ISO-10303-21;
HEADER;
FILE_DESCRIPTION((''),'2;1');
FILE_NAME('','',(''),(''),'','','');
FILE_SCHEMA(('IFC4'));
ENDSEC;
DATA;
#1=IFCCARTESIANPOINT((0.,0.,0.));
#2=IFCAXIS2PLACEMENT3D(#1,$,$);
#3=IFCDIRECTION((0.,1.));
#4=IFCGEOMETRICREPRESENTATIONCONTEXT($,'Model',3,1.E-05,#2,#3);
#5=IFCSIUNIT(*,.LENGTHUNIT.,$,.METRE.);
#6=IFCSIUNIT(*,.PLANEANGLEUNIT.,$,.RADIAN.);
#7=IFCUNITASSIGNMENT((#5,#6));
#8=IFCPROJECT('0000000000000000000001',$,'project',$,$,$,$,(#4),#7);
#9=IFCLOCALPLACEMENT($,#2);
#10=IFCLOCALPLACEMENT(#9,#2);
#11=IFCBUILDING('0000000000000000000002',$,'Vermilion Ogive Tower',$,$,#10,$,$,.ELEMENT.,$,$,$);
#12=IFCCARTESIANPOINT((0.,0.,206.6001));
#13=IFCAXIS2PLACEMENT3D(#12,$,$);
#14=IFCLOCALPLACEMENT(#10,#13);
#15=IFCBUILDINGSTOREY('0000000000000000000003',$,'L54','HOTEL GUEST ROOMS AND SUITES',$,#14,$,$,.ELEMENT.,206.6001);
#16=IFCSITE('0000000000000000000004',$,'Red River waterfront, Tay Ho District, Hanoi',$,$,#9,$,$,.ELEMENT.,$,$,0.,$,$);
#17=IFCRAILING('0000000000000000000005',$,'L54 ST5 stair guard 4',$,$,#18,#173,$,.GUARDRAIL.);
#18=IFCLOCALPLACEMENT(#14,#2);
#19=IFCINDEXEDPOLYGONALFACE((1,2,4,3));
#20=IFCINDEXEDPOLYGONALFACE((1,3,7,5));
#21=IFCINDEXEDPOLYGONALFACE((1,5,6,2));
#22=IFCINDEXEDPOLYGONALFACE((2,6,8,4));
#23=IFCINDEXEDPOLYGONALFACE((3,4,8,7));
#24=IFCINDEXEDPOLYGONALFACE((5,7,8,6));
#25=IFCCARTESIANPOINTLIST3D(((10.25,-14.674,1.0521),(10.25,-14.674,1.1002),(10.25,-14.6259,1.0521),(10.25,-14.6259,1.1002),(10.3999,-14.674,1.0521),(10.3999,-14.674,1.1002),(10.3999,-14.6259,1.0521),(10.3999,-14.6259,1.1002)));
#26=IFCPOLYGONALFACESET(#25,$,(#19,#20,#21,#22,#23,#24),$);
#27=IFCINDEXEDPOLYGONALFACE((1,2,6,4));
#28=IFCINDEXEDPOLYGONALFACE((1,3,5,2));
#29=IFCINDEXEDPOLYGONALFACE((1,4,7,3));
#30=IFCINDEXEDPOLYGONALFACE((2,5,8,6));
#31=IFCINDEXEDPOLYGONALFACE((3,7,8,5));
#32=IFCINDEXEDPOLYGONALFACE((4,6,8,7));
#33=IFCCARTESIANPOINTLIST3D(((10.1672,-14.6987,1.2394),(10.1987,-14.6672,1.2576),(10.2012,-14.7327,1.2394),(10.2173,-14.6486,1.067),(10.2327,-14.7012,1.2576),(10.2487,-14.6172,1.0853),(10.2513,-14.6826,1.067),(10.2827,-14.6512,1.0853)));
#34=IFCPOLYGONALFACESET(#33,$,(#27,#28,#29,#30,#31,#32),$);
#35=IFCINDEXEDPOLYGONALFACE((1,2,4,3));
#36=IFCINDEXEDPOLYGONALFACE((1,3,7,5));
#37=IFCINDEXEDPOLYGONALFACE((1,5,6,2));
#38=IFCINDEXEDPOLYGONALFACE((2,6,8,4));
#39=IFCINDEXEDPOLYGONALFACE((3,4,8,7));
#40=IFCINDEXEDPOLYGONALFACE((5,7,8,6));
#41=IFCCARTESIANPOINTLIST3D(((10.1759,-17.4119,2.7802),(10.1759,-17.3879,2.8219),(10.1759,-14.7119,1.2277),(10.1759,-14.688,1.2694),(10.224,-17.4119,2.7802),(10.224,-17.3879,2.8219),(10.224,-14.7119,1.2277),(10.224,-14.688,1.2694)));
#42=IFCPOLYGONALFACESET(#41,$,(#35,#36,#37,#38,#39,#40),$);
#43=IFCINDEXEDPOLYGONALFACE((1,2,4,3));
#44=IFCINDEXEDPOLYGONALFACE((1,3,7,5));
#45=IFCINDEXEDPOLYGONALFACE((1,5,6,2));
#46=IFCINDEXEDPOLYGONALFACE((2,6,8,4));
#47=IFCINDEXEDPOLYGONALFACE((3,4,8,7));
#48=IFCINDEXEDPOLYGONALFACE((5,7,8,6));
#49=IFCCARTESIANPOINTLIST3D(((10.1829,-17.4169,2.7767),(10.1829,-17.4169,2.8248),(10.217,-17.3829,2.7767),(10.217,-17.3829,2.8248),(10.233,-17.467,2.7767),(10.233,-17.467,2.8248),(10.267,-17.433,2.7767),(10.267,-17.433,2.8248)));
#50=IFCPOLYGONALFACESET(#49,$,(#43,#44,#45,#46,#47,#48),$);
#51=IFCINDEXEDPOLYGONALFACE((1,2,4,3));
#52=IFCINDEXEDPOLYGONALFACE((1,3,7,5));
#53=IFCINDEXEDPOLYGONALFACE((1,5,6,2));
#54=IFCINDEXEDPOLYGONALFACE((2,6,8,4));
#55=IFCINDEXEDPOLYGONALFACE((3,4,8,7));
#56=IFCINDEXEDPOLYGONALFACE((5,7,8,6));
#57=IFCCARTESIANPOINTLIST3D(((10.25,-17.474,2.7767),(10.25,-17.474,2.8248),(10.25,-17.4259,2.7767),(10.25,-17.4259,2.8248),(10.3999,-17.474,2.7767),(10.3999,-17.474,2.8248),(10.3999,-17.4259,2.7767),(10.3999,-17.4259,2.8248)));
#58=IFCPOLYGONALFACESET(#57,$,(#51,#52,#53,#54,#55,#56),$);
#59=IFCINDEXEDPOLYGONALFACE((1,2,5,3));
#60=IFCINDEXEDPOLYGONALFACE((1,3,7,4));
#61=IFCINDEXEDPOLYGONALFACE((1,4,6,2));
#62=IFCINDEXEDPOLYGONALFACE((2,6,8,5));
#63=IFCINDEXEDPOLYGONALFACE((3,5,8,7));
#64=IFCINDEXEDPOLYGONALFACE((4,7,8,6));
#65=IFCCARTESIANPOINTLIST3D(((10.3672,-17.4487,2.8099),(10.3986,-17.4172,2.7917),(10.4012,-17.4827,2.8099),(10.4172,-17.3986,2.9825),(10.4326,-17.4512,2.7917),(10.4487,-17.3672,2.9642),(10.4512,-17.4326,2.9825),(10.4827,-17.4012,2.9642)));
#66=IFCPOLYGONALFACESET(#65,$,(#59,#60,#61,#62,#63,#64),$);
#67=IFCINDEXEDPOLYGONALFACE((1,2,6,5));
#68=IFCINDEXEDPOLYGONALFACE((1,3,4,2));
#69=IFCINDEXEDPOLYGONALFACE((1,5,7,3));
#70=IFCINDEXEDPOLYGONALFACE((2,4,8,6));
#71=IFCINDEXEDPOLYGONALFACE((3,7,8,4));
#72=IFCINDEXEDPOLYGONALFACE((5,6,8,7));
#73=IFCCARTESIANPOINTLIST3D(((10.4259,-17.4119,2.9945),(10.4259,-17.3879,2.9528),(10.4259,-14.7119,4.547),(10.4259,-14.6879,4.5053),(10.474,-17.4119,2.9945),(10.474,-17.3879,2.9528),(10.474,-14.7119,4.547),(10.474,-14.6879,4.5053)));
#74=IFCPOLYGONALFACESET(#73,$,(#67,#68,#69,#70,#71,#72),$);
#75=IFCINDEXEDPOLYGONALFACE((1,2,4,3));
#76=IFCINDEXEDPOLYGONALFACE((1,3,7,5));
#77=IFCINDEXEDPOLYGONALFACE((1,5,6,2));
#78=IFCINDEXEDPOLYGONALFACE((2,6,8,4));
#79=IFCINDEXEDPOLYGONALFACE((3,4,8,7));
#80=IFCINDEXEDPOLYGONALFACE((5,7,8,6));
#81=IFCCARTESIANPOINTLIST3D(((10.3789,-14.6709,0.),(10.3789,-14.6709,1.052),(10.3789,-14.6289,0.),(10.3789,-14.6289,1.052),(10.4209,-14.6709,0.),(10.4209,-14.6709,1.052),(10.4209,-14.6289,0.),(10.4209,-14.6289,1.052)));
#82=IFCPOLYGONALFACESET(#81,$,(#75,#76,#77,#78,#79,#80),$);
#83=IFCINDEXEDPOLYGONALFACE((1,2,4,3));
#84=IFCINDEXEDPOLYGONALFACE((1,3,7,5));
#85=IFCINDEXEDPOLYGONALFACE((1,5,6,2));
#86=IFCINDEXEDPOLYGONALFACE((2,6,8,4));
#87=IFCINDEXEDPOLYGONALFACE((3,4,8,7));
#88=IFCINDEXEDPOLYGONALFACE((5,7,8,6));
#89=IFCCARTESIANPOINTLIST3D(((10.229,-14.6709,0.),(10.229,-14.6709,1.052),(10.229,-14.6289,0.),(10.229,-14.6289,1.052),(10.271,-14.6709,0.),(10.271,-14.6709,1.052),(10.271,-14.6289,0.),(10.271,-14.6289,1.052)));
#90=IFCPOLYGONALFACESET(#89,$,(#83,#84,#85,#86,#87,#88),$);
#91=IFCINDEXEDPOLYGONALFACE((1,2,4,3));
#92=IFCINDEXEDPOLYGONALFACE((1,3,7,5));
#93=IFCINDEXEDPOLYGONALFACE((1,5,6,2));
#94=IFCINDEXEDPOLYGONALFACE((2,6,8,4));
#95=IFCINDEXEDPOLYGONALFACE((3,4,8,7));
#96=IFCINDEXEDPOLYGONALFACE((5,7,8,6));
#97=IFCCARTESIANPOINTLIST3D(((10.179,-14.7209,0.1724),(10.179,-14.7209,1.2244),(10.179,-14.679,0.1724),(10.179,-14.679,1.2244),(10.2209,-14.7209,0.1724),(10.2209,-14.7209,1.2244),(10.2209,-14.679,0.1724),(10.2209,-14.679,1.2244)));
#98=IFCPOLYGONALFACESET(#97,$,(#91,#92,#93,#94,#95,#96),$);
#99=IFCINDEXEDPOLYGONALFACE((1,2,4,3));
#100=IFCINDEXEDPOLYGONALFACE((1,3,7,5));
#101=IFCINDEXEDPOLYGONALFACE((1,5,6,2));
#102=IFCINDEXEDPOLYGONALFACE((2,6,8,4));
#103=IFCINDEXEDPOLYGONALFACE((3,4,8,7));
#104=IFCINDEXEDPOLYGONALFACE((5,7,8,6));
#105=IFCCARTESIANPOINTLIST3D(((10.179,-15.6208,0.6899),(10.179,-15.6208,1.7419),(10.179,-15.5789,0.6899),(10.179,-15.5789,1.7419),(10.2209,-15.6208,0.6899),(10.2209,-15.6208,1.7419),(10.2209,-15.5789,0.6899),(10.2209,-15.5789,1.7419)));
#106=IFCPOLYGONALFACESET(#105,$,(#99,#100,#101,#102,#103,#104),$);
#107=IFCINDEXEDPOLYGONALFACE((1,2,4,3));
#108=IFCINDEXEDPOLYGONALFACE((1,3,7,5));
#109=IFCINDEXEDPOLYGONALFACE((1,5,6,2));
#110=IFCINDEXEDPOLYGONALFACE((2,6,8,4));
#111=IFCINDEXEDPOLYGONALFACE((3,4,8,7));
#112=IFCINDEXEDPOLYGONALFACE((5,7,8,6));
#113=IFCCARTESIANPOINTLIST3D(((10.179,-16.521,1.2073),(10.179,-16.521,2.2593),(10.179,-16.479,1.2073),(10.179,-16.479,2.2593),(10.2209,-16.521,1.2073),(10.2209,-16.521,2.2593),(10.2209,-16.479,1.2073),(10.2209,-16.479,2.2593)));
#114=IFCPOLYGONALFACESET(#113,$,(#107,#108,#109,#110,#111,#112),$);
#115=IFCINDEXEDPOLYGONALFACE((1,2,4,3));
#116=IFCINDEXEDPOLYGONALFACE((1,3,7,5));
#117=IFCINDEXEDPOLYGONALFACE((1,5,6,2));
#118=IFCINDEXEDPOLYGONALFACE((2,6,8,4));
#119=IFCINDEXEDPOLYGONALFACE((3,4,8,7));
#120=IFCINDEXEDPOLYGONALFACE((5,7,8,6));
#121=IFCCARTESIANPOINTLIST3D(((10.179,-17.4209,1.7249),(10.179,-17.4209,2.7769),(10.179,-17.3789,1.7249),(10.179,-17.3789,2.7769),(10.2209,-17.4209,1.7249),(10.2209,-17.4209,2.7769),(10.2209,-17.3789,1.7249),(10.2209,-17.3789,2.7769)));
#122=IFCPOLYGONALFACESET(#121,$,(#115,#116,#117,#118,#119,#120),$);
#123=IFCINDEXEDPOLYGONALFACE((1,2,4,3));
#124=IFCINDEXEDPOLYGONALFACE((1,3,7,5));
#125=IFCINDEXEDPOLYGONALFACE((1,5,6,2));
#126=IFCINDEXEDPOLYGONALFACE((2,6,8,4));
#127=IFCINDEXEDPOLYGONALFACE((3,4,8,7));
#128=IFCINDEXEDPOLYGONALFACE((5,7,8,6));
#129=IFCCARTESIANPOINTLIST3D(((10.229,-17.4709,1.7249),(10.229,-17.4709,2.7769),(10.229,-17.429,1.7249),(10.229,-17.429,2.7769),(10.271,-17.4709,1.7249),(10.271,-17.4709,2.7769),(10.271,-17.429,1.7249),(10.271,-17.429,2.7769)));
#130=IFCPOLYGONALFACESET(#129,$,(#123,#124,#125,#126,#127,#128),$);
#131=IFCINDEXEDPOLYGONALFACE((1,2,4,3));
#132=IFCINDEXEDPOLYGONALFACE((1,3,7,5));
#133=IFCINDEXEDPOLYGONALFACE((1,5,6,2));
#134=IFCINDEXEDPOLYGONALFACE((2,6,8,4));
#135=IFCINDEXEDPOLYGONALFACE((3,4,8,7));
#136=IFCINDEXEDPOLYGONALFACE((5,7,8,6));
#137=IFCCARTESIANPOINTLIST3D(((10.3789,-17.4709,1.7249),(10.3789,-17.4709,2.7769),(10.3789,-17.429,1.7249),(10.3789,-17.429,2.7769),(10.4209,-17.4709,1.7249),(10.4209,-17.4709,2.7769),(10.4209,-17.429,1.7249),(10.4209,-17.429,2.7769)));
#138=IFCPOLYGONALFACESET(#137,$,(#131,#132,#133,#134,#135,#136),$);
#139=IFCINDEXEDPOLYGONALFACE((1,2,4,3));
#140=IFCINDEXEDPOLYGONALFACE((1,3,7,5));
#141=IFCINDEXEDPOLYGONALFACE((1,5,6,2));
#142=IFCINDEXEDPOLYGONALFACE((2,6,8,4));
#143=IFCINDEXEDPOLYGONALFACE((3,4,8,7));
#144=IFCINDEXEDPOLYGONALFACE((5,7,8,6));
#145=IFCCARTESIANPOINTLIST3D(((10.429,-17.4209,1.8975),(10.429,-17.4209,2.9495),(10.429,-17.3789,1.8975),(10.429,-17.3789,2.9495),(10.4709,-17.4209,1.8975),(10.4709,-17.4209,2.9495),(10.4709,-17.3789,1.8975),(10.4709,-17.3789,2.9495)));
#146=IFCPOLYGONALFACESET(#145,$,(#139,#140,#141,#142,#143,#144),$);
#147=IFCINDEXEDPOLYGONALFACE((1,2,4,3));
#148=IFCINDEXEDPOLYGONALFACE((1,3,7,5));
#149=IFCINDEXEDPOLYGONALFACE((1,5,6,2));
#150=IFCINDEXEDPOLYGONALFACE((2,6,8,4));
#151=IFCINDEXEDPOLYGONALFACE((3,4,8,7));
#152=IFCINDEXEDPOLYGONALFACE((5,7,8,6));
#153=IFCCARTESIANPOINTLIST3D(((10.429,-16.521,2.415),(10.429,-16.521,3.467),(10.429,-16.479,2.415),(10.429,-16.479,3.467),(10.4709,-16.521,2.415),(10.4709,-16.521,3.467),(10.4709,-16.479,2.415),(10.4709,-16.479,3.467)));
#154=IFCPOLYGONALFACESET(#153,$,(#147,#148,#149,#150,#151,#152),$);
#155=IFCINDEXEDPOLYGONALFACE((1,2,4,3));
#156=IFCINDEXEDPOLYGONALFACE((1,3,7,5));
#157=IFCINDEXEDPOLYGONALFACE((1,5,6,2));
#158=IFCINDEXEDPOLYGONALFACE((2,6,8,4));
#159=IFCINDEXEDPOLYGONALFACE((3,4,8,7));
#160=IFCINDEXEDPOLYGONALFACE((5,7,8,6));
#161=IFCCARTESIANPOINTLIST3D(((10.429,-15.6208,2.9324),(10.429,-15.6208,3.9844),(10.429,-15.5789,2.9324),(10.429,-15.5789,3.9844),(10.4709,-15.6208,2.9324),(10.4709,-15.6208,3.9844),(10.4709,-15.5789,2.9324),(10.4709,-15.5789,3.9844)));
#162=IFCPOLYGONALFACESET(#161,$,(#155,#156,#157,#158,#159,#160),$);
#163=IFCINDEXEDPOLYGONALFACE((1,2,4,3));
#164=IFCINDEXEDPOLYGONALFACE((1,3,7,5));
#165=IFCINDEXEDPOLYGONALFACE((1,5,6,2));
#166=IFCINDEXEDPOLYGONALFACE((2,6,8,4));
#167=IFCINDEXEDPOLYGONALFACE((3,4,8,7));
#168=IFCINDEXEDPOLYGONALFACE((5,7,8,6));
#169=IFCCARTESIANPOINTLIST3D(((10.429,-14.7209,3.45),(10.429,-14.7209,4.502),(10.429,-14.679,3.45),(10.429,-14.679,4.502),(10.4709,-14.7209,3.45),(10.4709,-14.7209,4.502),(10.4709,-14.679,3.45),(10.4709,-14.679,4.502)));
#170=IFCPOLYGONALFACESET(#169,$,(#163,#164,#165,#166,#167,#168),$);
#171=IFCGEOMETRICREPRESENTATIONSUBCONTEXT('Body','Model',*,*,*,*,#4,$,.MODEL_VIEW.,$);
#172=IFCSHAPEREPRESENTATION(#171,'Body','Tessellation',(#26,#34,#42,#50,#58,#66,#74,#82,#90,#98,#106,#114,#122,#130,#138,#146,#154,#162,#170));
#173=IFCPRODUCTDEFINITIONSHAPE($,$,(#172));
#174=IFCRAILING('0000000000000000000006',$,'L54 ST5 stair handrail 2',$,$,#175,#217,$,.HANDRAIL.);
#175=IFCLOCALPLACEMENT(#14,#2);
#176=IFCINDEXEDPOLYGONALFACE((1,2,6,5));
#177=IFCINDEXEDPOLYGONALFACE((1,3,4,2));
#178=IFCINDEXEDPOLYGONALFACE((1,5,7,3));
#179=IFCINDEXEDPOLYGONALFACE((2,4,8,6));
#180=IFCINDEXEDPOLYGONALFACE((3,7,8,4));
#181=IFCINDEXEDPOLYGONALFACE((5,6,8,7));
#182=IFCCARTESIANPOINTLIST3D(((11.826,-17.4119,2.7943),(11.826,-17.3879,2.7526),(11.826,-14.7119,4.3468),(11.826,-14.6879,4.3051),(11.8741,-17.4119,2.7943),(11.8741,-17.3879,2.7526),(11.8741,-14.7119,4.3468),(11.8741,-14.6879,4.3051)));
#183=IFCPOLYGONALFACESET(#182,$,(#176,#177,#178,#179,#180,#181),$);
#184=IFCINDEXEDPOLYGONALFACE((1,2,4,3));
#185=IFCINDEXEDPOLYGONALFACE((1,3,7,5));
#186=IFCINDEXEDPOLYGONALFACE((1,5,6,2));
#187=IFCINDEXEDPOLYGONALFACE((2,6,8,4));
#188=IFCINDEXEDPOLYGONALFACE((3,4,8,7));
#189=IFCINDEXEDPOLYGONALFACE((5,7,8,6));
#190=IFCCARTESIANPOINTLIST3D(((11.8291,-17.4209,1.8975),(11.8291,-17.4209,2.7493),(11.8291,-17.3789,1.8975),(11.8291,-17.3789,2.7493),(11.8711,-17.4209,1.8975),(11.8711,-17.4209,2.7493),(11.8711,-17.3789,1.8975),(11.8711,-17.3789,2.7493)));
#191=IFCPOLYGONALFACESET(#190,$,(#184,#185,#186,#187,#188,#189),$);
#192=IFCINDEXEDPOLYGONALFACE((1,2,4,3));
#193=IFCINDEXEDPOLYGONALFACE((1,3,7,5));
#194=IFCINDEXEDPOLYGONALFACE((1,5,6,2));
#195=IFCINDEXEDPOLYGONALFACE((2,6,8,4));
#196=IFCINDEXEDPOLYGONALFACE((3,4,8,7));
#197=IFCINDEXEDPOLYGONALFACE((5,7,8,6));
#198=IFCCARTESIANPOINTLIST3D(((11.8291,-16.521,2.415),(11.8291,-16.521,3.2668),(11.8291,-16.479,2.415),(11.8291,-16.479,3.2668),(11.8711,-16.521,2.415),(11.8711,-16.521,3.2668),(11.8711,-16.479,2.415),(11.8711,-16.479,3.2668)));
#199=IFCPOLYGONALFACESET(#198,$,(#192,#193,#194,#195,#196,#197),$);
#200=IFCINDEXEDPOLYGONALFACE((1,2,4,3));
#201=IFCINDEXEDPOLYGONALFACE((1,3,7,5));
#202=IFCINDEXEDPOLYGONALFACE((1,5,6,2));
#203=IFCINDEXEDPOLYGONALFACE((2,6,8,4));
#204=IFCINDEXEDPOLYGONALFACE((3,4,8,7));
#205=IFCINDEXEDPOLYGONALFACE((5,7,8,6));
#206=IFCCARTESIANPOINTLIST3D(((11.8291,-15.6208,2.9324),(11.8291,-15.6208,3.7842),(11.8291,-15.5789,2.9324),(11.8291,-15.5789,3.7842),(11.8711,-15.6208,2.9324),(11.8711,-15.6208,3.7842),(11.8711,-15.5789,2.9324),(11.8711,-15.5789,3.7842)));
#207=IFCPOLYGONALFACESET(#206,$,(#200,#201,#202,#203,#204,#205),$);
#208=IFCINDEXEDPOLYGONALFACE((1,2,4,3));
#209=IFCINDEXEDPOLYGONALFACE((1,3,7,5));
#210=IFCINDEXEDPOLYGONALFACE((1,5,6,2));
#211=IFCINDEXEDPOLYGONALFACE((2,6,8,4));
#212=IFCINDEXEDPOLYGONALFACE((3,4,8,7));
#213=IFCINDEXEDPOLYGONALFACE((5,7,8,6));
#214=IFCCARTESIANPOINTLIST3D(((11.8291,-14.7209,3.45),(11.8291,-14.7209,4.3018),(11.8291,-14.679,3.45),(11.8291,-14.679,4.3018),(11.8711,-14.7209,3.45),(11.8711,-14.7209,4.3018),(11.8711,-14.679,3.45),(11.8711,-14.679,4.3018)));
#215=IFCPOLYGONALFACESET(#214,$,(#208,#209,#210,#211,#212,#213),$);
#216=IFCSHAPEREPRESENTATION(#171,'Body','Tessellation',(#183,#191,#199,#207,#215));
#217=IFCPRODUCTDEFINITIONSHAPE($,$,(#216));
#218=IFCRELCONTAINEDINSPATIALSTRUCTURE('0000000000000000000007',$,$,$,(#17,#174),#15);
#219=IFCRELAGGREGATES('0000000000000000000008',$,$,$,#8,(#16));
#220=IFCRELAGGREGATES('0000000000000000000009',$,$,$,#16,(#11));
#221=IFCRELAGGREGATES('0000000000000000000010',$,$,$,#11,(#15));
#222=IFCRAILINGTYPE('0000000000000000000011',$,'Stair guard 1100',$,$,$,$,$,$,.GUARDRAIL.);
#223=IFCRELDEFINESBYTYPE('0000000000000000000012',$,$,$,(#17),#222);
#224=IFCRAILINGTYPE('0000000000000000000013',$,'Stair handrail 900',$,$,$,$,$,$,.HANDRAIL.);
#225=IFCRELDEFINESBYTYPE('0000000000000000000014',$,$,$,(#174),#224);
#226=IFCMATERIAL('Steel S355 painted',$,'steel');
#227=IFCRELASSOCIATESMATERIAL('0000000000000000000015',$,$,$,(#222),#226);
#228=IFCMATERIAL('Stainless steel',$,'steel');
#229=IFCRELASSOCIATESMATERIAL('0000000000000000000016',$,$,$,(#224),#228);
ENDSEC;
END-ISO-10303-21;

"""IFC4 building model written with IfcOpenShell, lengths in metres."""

from ifc_helpers import new_model, si_unit, direction, frame, origin, origin_2d, place, context, subcontext, project, spatial, rectangle, extrude, material, type_object, element, save


model = new_model("IFC4")

# Units and contexts
model_context = context("Model", 3, precision=1e-05, world=origin(), true_north=direction((0.0, 1.0)))
body_context = subcontext(model_context, "Body", "Model", "MODEL_VIEW")
ifc_project = project(units=[si_unit("LENGTHUNIT", "METRE"), si_unit("PLANEANGLEUNIT", "RADIAN")], contexts=[model_context])

# Site, building, storey
site_placement = place(None, origin())
site = spatial("IfcSite", under=ifc_project, at=site_placement, Name="Red River waterfront, Tay Ho District, Hanoi", CompositionType="ELEMENT", RefElevation=0.0)
building_placement = place(site_placement, origin())
building = spatial("IfcBuilding", under=site, at=building_placement, Name="Vermilion Ogive Tower", CompositionType="ELEMENT")
storey_placement = place(building_placement, frame((0.0, 0.0, 206.6001)))
storey = spatial("IfcBuildingStorey", under=building, at=storey_placement, Name="L54", Description="HOTEL GUEST ROOMS AND SUITES", CompositionType="ELEMENT", Elevation=206.6001)

# Railings
ifc_material_1 = material(Name="Steel S355 painted", Category="steel")
railing_type_1 = type_object("IfcRailingType", Name="Stair guard 1100", PredefinedType="GUARDRAIL", material=ifc_material_1)
railing_1_placement = place(storey_placement, frame((10.3999, -14.6499, 0.0)))
element("IfcRailing", 1, at=railing_1_placement, inside=storey, type_object=railing_type_1, Name="L54 ST5 stair guard 4", PredefinedType="GUARDRAIL", context=body_context, shape_type="SweptSolid", body=[
    extrude(rectangle(XDim=0.0481, YDim=0.0481, at=origin_2d()), frame((0.0, 0.0, 1.0762), z_axis=(-1.0, 0.0, 0.0), x_axis=(0.0, -1.0, 0.0)), (0.0, 0.0, 1.0), 0.1499),
    extrude(rectangle(XDim=0.0481, YDim=0.0481, at=origin_2d()), frame((-0.1499, 0.0, 1.0762), z_axis=(-0.268603, -0.268603, 0.925043), x_axis=(0.707107, -0.707107, 0.0)), (0.0, 0.0, 1.0), 0.1863),
    extrude(rectangle(XDim=0.0481, YDim=0.0481, at=origin_2d()), frame((-0.2, -0.05, 1.2485), z_axis=(0.0, -0.866904, 0.498476), x_axis=(1.0, 0.0, 0.0)), (0.0, 0.0, 1.0), 3.1145),
    extrude(rectangle(XDim=0.0481, YDim=0.0481, at=origin_2d()), frame((-0.2, -2.75, 2.8008), z_axis=(0.707107, -0.707107, 0.0), x_axis=(0.707107, 0.707107, 0.0)), (0.0, 0.0, 1.0), 0.0708),
    extrude(rectangle(XDim=0.0481, YDim=0.0481, at=origin_2d()), frame((-0.1499, -2.8, 2.8008), z_axis=(1.0, 0.0, 0.0), x_axis=(0.0, 1.0, 0.0)), (0.0, 0.0, 1.0), 0.1499),
    extrude(rectangle(XDim=0.0481, YDim=0.0481, at=origin_2d()), frame((0.0, -2.8, 2.8008), z_axis=(0.268278, 0.268278, 0.925232), x_axis=(-0.707107, 0.707107, 0.0)), (0.0, 0.0, 1.0), 0.1865),
    extrude(rectangle(XDim=0.0481, YDim=0.0481, at=origin_2d()), frame((0.05, -2.75, 2.9736), z_axis=(0.0, 0.866904, 0.498476), x_axis=(-1.0, 0.0, 0.0)), (0.0, 0.0, 1.0), 3.1145),
    extrude(rectangle(XDim=0.042, YDim=0.042, at=origin_2d()), origin(), (0.0, 0.0, 1.0), 1.052),
    extrude(rectangle(XDim=0.042, YDim=0.042, at=origin_2d()), frame((-0.1499, 0.0, 0.0)), (0.0, 0.0, 1.0), 1.052),
    extrude(rectangle(XDim=0.042, YDim=0.042, at=origin_2d()), frame((-0.2, -0.05, 0.1724)), (0.0, 0.0, 1.0), 1.052),
    extrude(rectangle(XDim=0.042, YDim=0.042, at=origin_2d()), frame((-0.2, -0.95, 0.6899)), (0.0, 0.0, 1.0), 1.052),
    extrude(rectangle(XDim=0.042, YDim=0.042, at=origin_2d()), frame((-0.2, -1.8501, 1.2073)), (0.0, 0.0, 1.0), 1.052),
    extrude(rectangle(XDim=0.042, YDim=0.042, at=origin_2d()), frame((-0.2, -2.75, 1.7249)), (0.0, 0.0, 1.0), 1.052),
    extrude(rectangle(XDim=0.042, YDim=0.042, at=origin_2d()), frame((-0.1499, -2.8, 1.7249)), (0.0, 0.0, 1.0), 1.052),
    extrude(rectangle(XDim=0.042, YDim=0.042, at=origin_2d()), frame((0.0, -2.8, 1.7249)), (0.0, 0.0, 1.0), 1.052),
    extrude(rectangle(XDim=0.042, YDim=0.042, at=origin_2d()), frame((0.05, -2.75, 1.8975)), (0.0, 0.0, 1.0), 1.052),
    extrude(rectangle(XDim=0.042, YDim=0.042, at=origin_2d()), frame((0.05, -1.8501, 2.415)), (0.0, 0.0, 1.0), 1.052),
    extrude(rectangle(XDim=0.042, YDim=0.042, at=origin_2d()), frame((0.05, -0.95, 2.9324)), (0.0, 0.0, 1.0), 1.052),
    extrude(rectangle(XDim=0.042, YDim=0.042, at=origin_2d()), frame((0.05, -0.05, 3.45)), (0.0, 0.0, 1.0), 1.052),
])
ifc_material_2 = material(Name="Stainless steel", Category="steel")
railing_type_2 = type_object("IfcRailingType", Name="Stair handrail 900", PredefinedType="HANDRAIL", material=ifc_material_2)
railing_2_placement = place(storey_placement, frame((11.8501, -17.3999, 1.8975)))
element("IfcRailing", 2, at=railing_2_placement, inside=storey, type_object=railing_type_2, Name="L54 ST5 stair handrail 2", PredefinedType="HANDRAIL", context=body_context, shape_type="SweptSolid", body=[
    extrude(rectangle(XDim=0.0481, YDim=0.0481, at=origin_2d()), frame((0.0, 0.0, 0.876), z_axis=(0.0, 0.866904, 0.498476), x_axis=(-1.0, 0.0, 0.0)), (0.0, 0.0, 1.0), 3.1145),
    extrude(rectangle(XDim=0.042, YDim=0.042, at=origin_2d()), origin(), (0.0, 0.0, 1.0), 0.8518),
    extrude(rectangle(XDim=0.042, YDim=0.042, at=origin_2d()), frame((0.0, 0.8999, 0.5176)), (0.0, 0.0, 1.0), 0.8518),
    extrude(rectangle(XDim=0.042, YDim=0.042, at=origin_2d()), frame((0.0, 1.8, 1.0349)), (0.0, 0.0, 1.0), 0.8518),
    extrude(rectangle(XDim=0.042, YDim=0.042, at=origin_2d()), frame((0.0, 2.7, 1.5525)), (0.0, 0.0, 1.0), 0.8518),
])

save(model, "model.ifc")
